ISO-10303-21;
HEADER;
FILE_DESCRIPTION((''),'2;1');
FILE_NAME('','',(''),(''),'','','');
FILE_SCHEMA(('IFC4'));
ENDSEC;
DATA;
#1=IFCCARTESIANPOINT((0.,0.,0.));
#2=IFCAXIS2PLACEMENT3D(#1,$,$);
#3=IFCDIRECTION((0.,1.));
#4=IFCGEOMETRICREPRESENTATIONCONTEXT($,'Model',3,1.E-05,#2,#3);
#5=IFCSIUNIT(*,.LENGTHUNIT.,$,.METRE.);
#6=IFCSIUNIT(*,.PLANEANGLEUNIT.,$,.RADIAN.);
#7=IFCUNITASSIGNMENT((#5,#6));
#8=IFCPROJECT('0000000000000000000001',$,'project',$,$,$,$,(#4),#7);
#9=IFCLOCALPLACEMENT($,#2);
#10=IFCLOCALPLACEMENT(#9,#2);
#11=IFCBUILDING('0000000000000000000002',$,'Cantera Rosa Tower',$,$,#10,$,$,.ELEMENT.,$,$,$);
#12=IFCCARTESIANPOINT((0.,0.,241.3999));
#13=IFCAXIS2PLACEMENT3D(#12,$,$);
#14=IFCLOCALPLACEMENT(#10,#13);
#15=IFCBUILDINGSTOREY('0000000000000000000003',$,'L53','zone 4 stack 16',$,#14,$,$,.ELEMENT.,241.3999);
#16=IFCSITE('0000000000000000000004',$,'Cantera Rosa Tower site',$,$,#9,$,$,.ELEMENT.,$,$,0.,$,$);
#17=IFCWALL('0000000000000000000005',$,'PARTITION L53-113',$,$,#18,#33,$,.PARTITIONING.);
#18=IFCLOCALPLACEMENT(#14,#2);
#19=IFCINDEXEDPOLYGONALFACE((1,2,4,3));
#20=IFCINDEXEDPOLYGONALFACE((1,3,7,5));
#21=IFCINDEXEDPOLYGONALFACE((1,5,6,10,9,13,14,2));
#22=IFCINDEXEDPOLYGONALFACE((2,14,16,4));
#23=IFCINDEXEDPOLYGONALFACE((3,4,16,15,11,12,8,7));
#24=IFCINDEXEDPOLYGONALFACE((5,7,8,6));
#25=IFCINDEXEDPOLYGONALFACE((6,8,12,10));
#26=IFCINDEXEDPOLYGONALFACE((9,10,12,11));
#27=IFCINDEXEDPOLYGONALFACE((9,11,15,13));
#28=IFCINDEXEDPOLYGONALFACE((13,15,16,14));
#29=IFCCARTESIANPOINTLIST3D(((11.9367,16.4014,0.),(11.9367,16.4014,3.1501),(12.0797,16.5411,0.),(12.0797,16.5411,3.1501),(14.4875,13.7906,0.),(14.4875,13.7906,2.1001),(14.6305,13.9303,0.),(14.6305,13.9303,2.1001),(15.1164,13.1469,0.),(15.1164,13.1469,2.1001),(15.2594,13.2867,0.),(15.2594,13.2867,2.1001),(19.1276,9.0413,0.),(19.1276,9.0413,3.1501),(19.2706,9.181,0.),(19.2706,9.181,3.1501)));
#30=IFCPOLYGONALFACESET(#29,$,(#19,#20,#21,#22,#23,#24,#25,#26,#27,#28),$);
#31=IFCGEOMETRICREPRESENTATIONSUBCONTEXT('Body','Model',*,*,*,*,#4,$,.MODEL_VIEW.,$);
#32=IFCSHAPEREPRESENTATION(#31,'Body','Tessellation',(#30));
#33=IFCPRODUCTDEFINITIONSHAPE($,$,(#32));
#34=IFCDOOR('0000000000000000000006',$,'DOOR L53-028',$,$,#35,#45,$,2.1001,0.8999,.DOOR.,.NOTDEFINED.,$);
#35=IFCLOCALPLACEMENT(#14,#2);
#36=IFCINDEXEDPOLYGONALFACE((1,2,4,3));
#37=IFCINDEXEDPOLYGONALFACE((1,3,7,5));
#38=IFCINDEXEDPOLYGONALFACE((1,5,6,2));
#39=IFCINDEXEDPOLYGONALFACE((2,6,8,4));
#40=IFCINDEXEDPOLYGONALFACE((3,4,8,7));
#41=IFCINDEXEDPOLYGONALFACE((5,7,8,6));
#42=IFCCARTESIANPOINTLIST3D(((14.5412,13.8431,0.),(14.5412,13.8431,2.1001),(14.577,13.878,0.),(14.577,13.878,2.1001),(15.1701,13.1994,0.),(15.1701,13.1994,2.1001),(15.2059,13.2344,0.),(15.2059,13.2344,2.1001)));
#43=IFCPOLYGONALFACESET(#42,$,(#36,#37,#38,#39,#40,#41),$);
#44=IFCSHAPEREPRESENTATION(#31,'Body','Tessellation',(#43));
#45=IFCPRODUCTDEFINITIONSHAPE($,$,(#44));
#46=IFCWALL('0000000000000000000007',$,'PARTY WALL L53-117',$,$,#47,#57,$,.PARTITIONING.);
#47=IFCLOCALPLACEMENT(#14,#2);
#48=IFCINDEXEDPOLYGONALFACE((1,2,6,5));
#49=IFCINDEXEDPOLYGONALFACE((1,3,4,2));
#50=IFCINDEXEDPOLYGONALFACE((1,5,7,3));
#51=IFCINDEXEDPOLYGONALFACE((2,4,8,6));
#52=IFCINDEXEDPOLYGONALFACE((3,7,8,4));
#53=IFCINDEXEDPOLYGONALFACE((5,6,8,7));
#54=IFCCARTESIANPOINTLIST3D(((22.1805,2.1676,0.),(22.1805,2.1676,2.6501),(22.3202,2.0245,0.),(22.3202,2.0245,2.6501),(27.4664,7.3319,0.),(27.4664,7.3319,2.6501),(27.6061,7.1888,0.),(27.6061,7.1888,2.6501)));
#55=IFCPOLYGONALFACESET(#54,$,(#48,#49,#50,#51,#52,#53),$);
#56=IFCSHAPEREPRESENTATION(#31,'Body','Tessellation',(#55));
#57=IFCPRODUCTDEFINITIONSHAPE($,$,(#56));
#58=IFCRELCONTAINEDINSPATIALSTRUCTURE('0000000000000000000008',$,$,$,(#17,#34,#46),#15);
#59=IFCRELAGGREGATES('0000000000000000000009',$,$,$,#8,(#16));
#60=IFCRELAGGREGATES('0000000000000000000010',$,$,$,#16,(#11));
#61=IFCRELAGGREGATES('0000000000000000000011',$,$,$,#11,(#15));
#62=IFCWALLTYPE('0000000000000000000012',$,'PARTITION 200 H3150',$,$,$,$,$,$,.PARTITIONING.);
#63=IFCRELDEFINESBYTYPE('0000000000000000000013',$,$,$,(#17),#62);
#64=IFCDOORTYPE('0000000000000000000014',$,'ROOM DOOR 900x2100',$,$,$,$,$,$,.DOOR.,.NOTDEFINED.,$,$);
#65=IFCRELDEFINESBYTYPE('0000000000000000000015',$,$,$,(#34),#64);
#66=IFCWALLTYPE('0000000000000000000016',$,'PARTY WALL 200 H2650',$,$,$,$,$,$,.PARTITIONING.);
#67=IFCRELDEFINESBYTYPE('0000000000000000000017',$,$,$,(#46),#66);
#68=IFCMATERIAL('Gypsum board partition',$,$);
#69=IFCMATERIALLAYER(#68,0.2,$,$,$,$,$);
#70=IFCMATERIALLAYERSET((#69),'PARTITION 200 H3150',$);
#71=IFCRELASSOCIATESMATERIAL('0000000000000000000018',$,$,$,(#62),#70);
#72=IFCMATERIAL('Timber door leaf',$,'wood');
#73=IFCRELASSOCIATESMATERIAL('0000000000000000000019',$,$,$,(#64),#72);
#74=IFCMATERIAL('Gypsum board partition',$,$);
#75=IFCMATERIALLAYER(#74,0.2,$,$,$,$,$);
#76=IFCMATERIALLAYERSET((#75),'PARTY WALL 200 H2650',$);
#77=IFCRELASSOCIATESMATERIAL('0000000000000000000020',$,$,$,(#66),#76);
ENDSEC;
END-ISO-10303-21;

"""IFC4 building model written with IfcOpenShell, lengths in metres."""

from ifc_helpers import new_model, si_unit, direction, frame, frame_2d, origin, place, context, subcontext, project, spatial, rectangle, extrude, material, layer, layer_set, type_object, element, fill, save


model = new_model("IFC4")

# Units and contexts
model_context = context("Model", 3, precision=1e-05, world=origin(), true_north=direction((0.0, 1.0)))
body_context = subcontext(model_context, "Body", "Model", "MODEL_VIEW")
ifc_project = project(units=[si_unit("LENGTHUNIT", "METRE"), si_unit("PLANEANGLEUNIT", "RADIAN")], contexts=[model_context])

# Site, building, storey
site_placement = place(None, origin())
site = spatial("IfcSite", under=ifc_project, at=site_placement, Name="Cantera Rosa Tower site", CompositionType="ELEMENT", RefElevation=0.0)
building_placement = place(site_placement, origin())
building = spatial("IfcBuilding", under=site, at=building_placement, Name="Cantera Rosa Tower", CompositionType="ELEMENT")
storey_placement = place(building_placement, frame((0.0, 0.0, 241.3999)))
storey = spatial("IfcBuildingStorey", under=building, at=storey_placement, Name="L53", Description="zone 4 stack 16", CompositionType="ELEMENT", Elevation=241.3999)

# Shared definitions
ifc_material_1 = material(Name="Gypsum board partition")
ifc_layer_1 = layer(ifc_material_1, 0.2)
ifc_layer_set_1 = layer_set([ifc_layer_1], Name="PARTITION 200 H3150")
wall_type_1 = type_object("IfcWallType", Name="PARTITION 200 H3150", PredefinedType="PARTITIONING", material=ifc_layer_set_1)

# Wall, opening, door
wall_1_placement = place(storey_placement, frame((19.1992, 9.1111, 0.0), z_axis=(0.0, 0.0, 1.0), x_axis=(-0.698838, 0.71528, 0.0)))
wall_1 = element("IfcWall", 1, at=wall_1_placement, inside=storey, type_object=wall_type_1, Name="PARTITION L53-113", PredefinedType="PARTITIONING", context=body_context, shape_type="SweptSolid", body=[
    extrude(rectangle(XDim=10.2898, YDim=0.2, at=frame_2d((5.145, 0.0))), origin(), (0.0, 0.0, 1.0), 3.1501),
])
opening_1_placement = place(wall_1_placement, frame((5.74, 0.0, 0.0)))
opening_1 = element("IfcOpeningElement", 2, at=opening_1_placement, cuts=wall_1, PredefinedType="OPENING", context=body_context, shape_type="SweptSolid", body=[
    extrude(rectangle(XDim=0.8999, YDim=2.1001, at=frame_2d((0.45, 1.05))), frame((0.0, 0.1099, 0.0), z_axis=(0.0, -1.0, 0.0), x_axis=(1.0, 0.0, 0.0)), (0.0, 0.0, 1.0), 0.22),
])
ifc_material_2 = material(Name="Timber door leaf", Category="wood")
door_type_1 = type_object("IfcDoorType", Name="ROOM DOOR 900x2100", OperationType="NOTDEFINED", PredefinedType="DOOR", material=ifc_material_2)
door_1_placement = place(opening_1_placement, origin())
door_1 = element("IfcDoor", 3, at=door_1_placement, inside=storey, type_object=door_type_1, Name="DOOR L53-028", OperationType="NOTDEFINED", OverallHeight=2.1001, OverallWidth=0.8999, PredefinedType="DOOR", context=body_context, shape_type="SweptSolid", body=[
    extrude(rectangle(XDim=0.8999, YDim=2.1001, at=frame_2d((0.45, 1.05))), frame((0.0, 0.0249, 0.0), z_axis=(0.0, -1.0, 0.0), x_axis=(1.0, 0.0, 0.0)), (0.0, 0.0, 1.0), 0.05),
])
fill(opening_1, door_1)

# Wall
ifc_material_3 = material(Name="Gypsum board partition")
ifc_layer_2 = layer(ifc_material_3, 0.2)
ifc_layer_set_2 = layer_set([ifc_layer_2], Name="PARTY WALL 200 H2650")
wall_type_2 = type_object("IfcWallType", Name="PARTY WALL 200 H2650", PredefinedType="PARTITIONING", material=ifc_layer_set_2)
wall_2_placement = place(storey_placement, frame((27.5361, 7.2603, 0.0), z_axis=(0.0, 0.0, 1.0), x_axis=(-0.715285, -0.698833, 0.0)))
element("IfcWall", 4, at=wall_2_placement, inside=storey, type_object=wall_type_2, Name="PARTY WALL L53-117", PredefinedType="PARTITIONING", context=body_context, shape_type="SweptSolid", body=[
    extrude(rectangle(XDim=7.3899, YDim=0.2, at=frame_2d((3.6948, 0.0))), origin(), (0.0, 0.0, 1.0), 2.6501),
])

save(model, "model.ifc")
